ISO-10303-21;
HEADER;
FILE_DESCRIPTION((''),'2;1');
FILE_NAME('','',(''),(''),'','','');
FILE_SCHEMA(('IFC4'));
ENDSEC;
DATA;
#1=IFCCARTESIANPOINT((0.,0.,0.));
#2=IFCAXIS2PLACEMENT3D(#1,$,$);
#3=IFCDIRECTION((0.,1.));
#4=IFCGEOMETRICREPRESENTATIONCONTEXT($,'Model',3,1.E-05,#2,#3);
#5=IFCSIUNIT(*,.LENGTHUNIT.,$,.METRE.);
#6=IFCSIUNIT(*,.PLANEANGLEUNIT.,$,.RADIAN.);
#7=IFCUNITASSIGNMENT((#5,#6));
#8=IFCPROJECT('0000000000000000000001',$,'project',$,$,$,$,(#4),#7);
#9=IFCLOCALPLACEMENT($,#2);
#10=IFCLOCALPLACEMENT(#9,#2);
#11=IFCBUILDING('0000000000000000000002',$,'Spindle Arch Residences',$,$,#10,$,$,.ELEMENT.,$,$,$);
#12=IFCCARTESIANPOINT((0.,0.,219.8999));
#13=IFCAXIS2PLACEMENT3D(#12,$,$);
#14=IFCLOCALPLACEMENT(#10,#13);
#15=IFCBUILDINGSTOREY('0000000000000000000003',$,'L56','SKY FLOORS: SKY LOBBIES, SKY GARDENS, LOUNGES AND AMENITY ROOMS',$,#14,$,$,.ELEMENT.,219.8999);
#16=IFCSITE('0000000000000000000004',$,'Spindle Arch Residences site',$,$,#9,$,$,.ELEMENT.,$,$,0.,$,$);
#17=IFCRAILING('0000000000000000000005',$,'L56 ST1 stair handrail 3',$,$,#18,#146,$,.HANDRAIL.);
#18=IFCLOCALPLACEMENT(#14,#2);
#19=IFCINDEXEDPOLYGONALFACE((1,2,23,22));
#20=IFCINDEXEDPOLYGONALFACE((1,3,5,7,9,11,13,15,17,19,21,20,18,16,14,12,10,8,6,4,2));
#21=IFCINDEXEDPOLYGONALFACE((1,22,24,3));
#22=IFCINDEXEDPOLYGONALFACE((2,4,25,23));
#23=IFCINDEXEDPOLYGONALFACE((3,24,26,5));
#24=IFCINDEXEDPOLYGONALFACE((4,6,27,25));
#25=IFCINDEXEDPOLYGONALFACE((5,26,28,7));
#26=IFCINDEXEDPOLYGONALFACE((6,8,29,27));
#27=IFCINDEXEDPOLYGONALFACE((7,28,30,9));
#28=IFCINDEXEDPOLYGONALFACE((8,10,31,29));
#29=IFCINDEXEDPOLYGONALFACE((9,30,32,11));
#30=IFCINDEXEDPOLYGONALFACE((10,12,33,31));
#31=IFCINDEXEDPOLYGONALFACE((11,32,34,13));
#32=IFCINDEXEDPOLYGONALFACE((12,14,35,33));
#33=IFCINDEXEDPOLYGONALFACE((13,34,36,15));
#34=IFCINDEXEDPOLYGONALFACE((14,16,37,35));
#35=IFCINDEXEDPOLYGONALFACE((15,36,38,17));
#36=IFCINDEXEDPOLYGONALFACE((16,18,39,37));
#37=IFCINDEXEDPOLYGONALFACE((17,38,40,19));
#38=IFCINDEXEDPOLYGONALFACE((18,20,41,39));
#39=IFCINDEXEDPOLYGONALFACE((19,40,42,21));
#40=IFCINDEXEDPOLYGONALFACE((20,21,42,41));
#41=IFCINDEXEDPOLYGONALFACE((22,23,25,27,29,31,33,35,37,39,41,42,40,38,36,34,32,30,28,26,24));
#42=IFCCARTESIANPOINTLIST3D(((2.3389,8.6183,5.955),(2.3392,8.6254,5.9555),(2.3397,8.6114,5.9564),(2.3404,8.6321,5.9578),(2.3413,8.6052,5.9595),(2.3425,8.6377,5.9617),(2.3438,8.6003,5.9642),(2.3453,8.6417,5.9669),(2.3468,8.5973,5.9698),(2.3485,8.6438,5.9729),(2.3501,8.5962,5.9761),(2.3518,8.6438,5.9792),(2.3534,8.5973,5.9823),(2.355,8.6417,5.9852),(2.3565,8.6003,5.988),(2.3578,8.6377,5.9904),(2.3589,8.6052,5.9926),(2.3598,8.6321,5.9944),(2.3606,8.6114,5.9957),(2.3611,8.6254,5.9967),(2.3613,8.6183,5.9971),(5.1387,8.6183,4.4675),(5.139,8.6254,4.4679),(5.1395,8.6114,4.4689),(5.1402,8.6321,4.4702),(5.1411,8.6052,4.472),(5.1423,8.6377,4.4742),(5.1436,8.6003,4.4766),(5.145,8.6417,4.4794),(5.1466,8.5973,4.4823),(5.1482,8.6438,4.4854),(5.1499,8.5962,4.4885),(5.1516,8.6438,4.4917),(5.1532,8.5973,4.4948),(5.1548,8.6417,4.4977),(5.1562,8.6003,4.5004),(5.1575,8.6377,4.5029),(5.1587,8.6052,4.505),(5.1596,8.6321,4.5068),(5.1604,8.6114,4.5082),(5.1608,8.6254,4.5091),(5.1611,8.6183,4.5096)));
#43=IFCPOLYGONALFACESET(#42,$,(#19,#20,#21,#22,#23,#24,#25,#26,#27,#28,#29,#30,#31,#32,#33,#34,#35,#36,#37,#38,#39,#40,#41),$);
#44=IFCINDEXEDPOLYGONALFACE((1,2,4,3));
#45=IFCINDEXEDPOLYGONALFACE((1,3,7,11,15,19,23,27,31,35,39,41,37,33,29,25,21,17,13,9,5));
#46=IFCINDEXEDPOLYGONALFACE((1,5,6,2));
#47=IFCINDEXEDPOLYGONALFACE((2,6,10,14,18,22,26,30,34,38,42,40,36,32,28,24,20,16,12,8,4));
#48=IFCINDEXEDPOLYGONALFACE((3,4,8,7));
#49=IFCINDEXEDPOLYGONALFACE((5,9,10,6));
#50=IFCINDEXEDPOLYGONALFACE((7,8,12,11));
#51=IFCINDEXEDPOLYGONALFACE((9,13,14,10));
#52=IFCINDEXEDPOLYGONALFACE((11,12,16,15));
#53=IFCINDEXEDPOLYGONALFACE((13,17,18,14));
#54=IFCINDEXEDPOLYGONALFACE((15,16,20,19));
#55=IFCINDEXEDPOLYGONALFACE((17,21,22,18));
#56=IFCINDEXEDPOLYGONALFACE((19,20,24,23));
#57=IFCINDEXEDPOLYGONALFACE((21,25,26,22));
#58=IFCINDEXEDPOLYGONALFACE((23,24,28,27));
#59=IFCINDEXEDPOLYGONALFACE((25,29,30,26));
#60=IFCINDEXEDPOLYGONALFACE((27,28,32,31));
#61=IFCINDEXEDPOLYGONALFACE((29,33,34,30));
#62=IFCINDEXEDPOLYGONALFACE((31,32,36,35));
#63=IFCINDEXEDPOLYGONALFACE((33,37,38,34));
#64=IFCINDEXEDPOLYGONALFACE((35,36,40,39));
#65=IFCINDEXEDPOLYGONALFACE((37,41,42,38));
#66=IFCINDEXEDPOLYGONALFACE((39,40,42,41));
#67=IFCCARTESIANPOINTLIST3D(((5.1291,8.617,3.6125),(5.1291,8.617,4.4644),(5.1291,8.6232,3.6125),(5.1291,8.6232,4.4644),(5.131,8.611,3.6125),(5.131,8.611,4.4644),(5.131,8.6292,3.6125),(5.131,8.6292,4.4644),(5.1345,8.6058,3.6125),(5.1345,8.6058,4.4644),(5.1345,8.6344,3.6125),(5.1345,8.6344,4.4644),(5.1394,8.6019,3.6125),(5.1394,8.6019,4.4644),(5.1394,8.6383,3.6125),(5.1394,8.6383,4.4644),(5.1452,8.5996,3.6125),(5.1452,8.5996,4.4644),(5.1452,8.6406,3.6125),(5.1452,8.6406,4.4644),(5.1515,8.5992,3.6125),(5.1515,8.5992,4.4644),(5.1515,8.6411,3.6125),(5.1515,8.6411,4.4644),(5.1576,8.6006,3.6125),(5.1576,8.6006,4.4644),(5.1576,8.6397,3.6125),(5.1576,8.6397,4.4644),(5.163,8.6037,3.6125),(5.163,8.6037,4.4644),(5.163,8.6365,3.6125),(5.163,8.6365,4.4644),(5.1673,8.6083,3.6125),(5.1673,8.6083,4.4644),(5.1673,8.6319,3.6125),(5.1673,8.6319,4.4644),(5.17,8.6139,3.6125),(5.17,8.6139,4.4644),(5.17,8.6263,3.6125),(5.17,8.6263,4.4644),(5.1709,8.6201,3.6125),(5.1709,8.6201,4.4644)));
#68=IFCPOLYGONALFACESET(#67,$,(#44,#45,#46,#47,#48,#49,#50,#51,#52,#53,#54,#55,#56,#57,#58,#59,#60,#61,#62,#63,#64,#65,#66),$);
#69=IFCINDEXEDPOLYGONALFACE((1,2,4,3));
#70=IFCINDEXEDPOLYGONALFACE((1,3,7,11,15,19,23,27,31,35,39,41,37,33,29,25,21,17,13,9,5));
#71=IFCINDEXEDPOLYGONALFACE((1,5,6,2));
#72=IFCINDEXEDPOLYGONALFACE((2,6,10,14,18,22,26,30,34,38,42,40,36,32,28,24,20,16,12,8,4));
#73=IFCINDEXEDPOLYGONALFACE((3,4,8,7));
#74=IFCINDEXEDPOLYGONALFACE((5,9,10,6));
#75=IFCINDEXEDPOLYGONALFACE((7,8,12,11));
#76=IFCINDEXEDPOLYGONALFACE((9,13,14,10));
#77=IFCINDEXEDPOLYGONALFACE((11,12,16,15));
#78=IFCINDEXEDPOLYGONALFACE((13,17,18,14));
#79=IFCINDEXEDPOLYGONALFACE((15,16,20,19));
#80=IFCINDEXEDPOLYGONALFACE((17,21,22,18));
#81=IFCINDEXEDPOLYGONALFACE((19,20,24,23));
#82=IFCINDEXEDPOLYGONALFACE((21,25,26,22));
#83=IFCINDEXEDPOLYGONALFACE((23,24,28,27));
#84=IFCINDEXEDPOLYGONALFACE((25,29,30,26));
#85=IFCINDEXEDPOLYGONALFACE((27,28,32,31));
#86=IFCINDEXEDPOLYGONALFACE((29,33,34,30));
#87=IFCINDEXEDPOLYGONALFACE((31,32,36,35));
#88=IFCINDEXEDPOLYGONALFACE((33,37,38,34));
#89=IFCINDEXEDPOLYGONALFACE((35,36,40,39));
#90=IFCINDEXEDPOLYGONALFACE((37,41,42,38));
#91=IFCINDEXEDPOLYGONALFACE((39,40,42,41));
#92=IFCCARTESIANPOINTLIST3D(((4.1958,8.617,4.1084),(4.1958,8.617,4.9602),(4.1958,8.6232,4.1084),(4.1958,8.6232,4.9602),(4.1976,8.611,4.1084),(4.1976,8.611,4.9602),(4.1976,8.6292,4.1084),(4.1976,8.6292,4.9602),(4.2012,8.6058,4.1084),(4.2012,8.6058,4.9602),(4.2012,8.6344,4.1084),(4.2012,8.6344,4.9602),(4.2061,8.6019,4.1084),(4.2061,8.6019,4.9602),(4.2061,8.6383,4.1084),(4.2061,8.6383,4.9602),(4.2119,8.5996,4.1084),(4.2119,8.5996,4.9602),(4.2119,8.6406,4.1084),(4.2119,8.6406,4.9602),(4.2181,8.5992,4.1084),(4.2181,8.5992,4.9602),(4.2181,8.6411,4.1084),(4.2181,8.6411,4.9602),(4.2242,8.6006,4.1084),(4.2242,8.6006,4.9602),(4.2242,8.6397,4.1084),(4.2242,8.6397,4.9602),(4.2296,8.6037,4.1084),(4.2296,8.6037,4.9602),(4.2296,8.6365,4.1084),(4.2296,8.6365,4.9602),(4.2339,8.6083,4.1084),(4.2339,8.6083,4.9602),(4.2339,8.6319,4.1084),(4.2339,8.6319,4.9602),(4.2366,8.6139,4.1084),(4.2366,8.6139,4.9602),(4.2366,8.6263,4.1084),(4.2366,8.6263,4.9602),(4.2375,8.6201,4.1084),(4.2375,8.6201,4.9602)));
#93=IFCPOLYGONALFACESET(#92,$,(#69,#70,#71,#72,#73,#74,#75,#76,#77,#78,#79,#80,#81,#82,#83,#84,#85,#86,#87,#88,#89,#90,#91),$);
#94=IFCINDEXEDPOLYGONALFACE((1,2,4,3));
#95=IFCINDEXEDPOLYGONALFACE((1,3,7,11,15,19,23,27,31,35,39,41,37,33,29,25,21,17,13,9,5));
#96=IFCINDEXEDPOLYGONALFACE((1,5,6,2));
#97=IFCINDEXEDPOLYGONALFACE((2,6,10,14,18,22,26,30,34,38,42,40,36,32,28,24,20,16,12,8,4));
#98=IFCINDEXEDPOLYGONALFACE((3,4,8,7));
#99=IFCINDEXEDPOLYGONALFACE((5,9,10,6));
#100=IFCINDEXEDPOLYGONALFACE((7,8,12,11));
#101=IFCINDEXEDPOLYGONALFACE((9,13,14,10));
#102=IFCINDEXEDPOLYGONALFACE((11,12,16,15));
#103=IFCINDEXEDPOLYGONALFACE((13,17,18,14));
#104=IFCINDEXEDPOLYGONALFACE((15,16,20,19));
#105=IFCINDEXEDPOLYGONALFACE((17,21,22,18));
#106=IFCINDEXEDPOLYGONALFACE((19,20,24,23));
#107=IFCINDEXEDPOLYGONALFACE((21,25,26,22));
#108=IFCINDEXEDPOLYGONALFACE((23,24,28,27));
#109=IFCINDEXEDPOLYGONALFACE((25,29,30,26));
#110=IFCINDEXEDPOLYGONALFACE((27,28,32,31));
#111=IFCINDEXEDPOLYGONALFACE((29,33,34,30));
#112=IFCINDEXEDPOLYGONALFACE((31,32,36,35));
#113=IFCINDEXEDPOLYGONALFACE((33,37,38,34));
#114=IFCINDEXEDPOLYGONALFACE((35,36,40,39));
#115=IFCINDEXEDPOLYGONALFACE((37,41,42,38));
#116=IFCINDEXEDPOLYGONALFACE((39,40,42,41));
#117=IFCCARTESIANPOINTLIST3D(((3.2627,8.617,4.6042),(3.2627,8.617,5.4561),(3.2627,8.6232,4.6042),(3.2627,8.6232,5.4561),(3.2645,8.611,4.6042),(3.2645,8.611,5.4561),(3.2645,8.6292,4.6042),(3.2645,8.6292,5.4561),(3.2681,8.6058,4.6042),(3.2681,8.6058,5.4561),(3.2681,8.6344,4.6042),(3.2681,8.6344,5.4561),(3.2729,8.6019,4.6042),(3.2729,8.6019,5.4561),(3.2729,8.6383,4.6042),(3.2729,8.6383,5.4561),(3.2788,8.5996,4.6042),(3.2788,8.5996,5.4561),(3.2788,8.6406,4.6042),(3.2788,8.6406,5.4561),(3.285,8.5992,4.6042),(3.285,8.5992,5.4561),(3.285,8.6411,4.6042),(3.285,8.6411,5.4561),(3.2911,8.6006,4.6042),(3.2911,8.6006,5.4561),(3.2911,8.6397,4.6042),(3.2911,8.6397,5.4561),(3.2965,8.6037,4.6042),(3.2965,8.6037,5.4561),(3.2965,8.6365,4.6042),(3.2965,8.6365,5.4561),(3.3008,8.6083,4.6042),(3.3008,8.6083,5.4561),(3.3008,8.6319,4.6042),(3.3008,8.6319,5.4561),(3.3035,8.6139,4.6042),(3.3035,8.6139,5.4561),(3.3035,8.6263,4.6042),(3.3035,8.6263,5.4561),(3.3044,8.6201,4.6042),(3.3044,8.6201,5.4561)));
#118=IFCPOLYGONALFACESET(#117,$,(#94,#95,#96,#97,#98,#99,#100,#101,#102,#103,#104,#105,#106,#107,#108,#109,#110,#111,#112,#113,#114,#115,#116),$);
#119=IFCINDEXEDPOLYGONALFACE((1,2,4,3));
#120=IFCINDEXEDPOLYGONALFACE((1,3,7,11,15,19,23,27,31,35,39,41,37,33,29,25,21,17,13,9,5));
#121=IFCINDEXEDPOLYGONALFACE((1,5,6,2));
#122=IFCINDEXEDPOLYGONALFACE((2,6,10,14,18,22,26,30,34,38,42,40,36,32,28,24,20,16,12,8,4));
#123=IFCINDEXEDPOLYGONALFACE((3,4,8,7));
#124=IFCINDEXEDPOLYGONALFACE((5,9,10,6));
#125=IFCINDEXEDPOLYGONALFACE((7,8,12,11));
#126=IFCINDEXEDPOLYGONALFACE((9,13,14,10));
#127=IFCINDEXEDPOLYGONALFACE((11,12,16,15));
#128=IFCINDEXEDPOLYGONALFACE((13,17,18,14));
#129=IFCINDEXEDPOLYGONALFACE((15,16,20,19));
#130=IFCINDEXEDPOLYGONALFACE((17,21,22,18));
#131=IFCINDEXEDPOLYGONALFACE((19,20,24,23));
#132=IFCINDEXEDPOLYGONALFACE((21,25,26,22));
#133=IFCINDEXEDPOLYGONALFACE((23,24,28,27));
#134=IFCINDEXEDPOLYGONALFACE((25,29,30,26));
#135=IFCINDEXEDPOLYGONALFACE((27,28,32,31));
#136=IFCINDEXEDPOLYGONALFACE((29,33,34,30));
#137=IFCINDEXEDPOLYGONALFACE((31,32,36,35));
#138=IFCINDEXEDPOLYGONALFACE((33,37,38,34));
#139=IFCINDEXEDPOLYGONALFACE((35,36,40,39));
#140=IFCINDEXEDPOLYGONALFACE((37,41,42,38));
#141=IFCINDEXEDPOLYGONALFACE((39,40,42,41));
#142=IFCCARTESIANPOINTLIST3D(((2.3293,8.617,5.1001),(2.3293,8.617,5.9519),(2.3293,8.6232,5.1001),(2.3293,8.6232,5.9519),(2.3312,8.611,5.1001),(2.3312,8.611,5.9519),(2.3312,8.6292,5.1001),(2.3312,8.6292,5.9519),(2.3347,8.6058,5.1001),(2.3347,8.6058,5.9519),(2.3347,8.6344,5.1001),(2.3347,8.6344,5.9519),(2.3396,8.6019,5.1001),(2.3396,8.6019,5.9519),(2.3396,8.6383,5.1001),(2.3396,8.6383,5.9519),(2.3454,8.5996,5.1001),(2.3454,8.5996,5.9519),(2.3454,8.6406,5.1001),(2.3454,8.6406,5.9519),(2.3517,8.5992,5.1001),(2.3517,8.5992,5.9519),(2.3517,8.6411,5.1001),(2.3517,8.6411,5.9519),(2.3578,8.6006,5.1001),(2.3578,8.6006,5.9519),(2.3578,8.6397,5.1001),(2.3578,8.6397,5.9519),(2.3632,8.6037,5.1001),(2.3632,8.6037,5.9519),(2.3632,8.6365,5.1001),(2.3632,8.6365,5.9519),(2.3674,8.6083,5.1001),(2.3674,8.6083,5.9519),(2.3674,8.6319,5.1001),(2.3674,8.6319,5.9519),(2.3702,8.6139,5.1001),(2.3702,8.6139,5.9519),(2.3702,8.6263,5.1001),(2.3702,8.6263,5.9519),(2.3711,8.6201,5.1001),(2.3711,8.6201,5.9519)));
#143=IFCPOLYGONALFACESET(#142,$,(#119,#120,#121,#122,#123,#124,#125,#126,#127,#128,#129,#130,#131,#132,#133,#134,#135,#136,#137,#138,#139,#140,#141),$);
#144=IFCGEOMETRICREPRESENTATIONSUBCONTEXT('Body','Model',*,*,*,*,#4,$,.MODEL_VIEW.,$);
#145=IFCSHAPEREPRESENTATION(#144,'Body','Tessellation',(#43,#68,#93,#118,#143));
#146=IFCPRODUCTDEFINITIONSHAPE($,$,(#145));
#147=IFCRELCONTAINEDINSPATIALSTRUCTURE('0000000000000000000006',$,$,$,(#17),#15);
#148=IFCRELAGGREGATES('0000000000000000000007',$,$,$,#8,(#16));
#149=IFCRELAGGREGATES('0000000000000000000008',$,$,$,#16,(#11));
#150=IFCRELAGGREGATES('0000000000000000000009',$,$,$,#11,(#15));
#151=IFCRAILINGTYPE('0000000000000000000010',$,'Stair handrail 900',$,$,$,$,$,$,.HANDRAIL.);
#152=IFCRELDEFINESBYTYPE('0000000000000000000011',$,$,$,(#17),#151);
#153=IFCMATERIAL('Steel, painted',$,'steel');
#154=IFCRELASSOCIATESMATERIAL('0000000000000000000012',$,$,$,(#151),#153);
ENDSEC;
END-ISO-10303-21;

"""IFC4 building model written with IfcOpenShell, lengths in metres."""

from ifc_helpers import new_model, si_unit, direction, frame, origin, origin_2d, place, context, subcontext, project, spatial, circle, extrude, material, type_object, element, save


model = new_model("IFC4")

# Units and contexts
model_context = context("Model", 3, precision=1e-05, world=origin(), true_north=direction((0.0, 1.0)))
body_context = subcontext(model_context, "Body", "Model", "MODEL_VIEW")
ifc_project = project(units=[si_unit("LENGTHUNIT", "METRE"), si_unit("PLANEANGLEUNIT", "RADIAN")], contexts=[model_context])

# Site, building, storey
site_placement = place(None, origin())
site = spatial("IfcSite", under=ifc_project, at=site_placement, Name="Spindle Arch Residences site", CompositionType="ELEMENT", RefElevation=0.0)
building_placement = place(site_placement, origin())
building = spatial("IfcBuilding", under=site, at=building_placement, Name="Spindle Arch Residences", CompositionType="ELEMENT")
storey_placement = place(building_placement, frame((0.0, 0.0, 219.8999)))
storey = spatial("IfcBuildingStorey", under=building, at=storey_placement, Name="L56", Description="SKY FLOORS: SKY LOBBIES, SKY GARDENS, LOUNGES AND AMENITY ROOMS", CompositionType="ELEMENT", Elevation=219.8999)

# Railing
ifc_material_1 = material(Name="Steel, painted", Category="steel")
railing_type_1 = type_object("IfcRailingType", Name="Stair handrail 900", PredefinedType="HANDRAIL", material=ifc_material_1)
for number, where, name in (
    (1, (5.1499, 8.6201, 3.6125), "L56 ST1 stair handrail 3"),
):
    element("IfcRailing", number, at=place(storey_placement, frame(where)), inside=storey, type_object=railing_type_1, Name=name, PredefinedType="HANDRAIL", context=body_context, shape_type="SweptSolid", body=[
        extrude(circle(Radius=0.0239, at=origin_2d()), frame((0.0, 0.0, 0.876), z_axis=(-0.883096, 0.0, 0.469193), x_axis=(0.0, -1.0, 0.0)), (0.0, 0.0, 1.0), 3.1704),
        extrude(circle(Radius=0.021, at=origin_2d()), origin(), (0.0, 0.0, 1.0), 0.8518),
        extrude(circle(Radius=0.021, at=origin_2d()), frame((-0.9333, 0.0, 0.4958)), (0.0, 0.0, 1.0), 0.8518),
        extrude(circle(Radius=0.021, at=origin_2d()), frame((-1.8665, 0.0, 0.9917)), (0.0, 0.0, 1.0), 0.8518),
        extrude(circle(Radius=0.021, at=origin_2d()), frame((-2.7998, 0.0, 1.4875)), (0.0, 0.0, 1.0), 0.8518),
    ])

save(model, "model.ifc")
